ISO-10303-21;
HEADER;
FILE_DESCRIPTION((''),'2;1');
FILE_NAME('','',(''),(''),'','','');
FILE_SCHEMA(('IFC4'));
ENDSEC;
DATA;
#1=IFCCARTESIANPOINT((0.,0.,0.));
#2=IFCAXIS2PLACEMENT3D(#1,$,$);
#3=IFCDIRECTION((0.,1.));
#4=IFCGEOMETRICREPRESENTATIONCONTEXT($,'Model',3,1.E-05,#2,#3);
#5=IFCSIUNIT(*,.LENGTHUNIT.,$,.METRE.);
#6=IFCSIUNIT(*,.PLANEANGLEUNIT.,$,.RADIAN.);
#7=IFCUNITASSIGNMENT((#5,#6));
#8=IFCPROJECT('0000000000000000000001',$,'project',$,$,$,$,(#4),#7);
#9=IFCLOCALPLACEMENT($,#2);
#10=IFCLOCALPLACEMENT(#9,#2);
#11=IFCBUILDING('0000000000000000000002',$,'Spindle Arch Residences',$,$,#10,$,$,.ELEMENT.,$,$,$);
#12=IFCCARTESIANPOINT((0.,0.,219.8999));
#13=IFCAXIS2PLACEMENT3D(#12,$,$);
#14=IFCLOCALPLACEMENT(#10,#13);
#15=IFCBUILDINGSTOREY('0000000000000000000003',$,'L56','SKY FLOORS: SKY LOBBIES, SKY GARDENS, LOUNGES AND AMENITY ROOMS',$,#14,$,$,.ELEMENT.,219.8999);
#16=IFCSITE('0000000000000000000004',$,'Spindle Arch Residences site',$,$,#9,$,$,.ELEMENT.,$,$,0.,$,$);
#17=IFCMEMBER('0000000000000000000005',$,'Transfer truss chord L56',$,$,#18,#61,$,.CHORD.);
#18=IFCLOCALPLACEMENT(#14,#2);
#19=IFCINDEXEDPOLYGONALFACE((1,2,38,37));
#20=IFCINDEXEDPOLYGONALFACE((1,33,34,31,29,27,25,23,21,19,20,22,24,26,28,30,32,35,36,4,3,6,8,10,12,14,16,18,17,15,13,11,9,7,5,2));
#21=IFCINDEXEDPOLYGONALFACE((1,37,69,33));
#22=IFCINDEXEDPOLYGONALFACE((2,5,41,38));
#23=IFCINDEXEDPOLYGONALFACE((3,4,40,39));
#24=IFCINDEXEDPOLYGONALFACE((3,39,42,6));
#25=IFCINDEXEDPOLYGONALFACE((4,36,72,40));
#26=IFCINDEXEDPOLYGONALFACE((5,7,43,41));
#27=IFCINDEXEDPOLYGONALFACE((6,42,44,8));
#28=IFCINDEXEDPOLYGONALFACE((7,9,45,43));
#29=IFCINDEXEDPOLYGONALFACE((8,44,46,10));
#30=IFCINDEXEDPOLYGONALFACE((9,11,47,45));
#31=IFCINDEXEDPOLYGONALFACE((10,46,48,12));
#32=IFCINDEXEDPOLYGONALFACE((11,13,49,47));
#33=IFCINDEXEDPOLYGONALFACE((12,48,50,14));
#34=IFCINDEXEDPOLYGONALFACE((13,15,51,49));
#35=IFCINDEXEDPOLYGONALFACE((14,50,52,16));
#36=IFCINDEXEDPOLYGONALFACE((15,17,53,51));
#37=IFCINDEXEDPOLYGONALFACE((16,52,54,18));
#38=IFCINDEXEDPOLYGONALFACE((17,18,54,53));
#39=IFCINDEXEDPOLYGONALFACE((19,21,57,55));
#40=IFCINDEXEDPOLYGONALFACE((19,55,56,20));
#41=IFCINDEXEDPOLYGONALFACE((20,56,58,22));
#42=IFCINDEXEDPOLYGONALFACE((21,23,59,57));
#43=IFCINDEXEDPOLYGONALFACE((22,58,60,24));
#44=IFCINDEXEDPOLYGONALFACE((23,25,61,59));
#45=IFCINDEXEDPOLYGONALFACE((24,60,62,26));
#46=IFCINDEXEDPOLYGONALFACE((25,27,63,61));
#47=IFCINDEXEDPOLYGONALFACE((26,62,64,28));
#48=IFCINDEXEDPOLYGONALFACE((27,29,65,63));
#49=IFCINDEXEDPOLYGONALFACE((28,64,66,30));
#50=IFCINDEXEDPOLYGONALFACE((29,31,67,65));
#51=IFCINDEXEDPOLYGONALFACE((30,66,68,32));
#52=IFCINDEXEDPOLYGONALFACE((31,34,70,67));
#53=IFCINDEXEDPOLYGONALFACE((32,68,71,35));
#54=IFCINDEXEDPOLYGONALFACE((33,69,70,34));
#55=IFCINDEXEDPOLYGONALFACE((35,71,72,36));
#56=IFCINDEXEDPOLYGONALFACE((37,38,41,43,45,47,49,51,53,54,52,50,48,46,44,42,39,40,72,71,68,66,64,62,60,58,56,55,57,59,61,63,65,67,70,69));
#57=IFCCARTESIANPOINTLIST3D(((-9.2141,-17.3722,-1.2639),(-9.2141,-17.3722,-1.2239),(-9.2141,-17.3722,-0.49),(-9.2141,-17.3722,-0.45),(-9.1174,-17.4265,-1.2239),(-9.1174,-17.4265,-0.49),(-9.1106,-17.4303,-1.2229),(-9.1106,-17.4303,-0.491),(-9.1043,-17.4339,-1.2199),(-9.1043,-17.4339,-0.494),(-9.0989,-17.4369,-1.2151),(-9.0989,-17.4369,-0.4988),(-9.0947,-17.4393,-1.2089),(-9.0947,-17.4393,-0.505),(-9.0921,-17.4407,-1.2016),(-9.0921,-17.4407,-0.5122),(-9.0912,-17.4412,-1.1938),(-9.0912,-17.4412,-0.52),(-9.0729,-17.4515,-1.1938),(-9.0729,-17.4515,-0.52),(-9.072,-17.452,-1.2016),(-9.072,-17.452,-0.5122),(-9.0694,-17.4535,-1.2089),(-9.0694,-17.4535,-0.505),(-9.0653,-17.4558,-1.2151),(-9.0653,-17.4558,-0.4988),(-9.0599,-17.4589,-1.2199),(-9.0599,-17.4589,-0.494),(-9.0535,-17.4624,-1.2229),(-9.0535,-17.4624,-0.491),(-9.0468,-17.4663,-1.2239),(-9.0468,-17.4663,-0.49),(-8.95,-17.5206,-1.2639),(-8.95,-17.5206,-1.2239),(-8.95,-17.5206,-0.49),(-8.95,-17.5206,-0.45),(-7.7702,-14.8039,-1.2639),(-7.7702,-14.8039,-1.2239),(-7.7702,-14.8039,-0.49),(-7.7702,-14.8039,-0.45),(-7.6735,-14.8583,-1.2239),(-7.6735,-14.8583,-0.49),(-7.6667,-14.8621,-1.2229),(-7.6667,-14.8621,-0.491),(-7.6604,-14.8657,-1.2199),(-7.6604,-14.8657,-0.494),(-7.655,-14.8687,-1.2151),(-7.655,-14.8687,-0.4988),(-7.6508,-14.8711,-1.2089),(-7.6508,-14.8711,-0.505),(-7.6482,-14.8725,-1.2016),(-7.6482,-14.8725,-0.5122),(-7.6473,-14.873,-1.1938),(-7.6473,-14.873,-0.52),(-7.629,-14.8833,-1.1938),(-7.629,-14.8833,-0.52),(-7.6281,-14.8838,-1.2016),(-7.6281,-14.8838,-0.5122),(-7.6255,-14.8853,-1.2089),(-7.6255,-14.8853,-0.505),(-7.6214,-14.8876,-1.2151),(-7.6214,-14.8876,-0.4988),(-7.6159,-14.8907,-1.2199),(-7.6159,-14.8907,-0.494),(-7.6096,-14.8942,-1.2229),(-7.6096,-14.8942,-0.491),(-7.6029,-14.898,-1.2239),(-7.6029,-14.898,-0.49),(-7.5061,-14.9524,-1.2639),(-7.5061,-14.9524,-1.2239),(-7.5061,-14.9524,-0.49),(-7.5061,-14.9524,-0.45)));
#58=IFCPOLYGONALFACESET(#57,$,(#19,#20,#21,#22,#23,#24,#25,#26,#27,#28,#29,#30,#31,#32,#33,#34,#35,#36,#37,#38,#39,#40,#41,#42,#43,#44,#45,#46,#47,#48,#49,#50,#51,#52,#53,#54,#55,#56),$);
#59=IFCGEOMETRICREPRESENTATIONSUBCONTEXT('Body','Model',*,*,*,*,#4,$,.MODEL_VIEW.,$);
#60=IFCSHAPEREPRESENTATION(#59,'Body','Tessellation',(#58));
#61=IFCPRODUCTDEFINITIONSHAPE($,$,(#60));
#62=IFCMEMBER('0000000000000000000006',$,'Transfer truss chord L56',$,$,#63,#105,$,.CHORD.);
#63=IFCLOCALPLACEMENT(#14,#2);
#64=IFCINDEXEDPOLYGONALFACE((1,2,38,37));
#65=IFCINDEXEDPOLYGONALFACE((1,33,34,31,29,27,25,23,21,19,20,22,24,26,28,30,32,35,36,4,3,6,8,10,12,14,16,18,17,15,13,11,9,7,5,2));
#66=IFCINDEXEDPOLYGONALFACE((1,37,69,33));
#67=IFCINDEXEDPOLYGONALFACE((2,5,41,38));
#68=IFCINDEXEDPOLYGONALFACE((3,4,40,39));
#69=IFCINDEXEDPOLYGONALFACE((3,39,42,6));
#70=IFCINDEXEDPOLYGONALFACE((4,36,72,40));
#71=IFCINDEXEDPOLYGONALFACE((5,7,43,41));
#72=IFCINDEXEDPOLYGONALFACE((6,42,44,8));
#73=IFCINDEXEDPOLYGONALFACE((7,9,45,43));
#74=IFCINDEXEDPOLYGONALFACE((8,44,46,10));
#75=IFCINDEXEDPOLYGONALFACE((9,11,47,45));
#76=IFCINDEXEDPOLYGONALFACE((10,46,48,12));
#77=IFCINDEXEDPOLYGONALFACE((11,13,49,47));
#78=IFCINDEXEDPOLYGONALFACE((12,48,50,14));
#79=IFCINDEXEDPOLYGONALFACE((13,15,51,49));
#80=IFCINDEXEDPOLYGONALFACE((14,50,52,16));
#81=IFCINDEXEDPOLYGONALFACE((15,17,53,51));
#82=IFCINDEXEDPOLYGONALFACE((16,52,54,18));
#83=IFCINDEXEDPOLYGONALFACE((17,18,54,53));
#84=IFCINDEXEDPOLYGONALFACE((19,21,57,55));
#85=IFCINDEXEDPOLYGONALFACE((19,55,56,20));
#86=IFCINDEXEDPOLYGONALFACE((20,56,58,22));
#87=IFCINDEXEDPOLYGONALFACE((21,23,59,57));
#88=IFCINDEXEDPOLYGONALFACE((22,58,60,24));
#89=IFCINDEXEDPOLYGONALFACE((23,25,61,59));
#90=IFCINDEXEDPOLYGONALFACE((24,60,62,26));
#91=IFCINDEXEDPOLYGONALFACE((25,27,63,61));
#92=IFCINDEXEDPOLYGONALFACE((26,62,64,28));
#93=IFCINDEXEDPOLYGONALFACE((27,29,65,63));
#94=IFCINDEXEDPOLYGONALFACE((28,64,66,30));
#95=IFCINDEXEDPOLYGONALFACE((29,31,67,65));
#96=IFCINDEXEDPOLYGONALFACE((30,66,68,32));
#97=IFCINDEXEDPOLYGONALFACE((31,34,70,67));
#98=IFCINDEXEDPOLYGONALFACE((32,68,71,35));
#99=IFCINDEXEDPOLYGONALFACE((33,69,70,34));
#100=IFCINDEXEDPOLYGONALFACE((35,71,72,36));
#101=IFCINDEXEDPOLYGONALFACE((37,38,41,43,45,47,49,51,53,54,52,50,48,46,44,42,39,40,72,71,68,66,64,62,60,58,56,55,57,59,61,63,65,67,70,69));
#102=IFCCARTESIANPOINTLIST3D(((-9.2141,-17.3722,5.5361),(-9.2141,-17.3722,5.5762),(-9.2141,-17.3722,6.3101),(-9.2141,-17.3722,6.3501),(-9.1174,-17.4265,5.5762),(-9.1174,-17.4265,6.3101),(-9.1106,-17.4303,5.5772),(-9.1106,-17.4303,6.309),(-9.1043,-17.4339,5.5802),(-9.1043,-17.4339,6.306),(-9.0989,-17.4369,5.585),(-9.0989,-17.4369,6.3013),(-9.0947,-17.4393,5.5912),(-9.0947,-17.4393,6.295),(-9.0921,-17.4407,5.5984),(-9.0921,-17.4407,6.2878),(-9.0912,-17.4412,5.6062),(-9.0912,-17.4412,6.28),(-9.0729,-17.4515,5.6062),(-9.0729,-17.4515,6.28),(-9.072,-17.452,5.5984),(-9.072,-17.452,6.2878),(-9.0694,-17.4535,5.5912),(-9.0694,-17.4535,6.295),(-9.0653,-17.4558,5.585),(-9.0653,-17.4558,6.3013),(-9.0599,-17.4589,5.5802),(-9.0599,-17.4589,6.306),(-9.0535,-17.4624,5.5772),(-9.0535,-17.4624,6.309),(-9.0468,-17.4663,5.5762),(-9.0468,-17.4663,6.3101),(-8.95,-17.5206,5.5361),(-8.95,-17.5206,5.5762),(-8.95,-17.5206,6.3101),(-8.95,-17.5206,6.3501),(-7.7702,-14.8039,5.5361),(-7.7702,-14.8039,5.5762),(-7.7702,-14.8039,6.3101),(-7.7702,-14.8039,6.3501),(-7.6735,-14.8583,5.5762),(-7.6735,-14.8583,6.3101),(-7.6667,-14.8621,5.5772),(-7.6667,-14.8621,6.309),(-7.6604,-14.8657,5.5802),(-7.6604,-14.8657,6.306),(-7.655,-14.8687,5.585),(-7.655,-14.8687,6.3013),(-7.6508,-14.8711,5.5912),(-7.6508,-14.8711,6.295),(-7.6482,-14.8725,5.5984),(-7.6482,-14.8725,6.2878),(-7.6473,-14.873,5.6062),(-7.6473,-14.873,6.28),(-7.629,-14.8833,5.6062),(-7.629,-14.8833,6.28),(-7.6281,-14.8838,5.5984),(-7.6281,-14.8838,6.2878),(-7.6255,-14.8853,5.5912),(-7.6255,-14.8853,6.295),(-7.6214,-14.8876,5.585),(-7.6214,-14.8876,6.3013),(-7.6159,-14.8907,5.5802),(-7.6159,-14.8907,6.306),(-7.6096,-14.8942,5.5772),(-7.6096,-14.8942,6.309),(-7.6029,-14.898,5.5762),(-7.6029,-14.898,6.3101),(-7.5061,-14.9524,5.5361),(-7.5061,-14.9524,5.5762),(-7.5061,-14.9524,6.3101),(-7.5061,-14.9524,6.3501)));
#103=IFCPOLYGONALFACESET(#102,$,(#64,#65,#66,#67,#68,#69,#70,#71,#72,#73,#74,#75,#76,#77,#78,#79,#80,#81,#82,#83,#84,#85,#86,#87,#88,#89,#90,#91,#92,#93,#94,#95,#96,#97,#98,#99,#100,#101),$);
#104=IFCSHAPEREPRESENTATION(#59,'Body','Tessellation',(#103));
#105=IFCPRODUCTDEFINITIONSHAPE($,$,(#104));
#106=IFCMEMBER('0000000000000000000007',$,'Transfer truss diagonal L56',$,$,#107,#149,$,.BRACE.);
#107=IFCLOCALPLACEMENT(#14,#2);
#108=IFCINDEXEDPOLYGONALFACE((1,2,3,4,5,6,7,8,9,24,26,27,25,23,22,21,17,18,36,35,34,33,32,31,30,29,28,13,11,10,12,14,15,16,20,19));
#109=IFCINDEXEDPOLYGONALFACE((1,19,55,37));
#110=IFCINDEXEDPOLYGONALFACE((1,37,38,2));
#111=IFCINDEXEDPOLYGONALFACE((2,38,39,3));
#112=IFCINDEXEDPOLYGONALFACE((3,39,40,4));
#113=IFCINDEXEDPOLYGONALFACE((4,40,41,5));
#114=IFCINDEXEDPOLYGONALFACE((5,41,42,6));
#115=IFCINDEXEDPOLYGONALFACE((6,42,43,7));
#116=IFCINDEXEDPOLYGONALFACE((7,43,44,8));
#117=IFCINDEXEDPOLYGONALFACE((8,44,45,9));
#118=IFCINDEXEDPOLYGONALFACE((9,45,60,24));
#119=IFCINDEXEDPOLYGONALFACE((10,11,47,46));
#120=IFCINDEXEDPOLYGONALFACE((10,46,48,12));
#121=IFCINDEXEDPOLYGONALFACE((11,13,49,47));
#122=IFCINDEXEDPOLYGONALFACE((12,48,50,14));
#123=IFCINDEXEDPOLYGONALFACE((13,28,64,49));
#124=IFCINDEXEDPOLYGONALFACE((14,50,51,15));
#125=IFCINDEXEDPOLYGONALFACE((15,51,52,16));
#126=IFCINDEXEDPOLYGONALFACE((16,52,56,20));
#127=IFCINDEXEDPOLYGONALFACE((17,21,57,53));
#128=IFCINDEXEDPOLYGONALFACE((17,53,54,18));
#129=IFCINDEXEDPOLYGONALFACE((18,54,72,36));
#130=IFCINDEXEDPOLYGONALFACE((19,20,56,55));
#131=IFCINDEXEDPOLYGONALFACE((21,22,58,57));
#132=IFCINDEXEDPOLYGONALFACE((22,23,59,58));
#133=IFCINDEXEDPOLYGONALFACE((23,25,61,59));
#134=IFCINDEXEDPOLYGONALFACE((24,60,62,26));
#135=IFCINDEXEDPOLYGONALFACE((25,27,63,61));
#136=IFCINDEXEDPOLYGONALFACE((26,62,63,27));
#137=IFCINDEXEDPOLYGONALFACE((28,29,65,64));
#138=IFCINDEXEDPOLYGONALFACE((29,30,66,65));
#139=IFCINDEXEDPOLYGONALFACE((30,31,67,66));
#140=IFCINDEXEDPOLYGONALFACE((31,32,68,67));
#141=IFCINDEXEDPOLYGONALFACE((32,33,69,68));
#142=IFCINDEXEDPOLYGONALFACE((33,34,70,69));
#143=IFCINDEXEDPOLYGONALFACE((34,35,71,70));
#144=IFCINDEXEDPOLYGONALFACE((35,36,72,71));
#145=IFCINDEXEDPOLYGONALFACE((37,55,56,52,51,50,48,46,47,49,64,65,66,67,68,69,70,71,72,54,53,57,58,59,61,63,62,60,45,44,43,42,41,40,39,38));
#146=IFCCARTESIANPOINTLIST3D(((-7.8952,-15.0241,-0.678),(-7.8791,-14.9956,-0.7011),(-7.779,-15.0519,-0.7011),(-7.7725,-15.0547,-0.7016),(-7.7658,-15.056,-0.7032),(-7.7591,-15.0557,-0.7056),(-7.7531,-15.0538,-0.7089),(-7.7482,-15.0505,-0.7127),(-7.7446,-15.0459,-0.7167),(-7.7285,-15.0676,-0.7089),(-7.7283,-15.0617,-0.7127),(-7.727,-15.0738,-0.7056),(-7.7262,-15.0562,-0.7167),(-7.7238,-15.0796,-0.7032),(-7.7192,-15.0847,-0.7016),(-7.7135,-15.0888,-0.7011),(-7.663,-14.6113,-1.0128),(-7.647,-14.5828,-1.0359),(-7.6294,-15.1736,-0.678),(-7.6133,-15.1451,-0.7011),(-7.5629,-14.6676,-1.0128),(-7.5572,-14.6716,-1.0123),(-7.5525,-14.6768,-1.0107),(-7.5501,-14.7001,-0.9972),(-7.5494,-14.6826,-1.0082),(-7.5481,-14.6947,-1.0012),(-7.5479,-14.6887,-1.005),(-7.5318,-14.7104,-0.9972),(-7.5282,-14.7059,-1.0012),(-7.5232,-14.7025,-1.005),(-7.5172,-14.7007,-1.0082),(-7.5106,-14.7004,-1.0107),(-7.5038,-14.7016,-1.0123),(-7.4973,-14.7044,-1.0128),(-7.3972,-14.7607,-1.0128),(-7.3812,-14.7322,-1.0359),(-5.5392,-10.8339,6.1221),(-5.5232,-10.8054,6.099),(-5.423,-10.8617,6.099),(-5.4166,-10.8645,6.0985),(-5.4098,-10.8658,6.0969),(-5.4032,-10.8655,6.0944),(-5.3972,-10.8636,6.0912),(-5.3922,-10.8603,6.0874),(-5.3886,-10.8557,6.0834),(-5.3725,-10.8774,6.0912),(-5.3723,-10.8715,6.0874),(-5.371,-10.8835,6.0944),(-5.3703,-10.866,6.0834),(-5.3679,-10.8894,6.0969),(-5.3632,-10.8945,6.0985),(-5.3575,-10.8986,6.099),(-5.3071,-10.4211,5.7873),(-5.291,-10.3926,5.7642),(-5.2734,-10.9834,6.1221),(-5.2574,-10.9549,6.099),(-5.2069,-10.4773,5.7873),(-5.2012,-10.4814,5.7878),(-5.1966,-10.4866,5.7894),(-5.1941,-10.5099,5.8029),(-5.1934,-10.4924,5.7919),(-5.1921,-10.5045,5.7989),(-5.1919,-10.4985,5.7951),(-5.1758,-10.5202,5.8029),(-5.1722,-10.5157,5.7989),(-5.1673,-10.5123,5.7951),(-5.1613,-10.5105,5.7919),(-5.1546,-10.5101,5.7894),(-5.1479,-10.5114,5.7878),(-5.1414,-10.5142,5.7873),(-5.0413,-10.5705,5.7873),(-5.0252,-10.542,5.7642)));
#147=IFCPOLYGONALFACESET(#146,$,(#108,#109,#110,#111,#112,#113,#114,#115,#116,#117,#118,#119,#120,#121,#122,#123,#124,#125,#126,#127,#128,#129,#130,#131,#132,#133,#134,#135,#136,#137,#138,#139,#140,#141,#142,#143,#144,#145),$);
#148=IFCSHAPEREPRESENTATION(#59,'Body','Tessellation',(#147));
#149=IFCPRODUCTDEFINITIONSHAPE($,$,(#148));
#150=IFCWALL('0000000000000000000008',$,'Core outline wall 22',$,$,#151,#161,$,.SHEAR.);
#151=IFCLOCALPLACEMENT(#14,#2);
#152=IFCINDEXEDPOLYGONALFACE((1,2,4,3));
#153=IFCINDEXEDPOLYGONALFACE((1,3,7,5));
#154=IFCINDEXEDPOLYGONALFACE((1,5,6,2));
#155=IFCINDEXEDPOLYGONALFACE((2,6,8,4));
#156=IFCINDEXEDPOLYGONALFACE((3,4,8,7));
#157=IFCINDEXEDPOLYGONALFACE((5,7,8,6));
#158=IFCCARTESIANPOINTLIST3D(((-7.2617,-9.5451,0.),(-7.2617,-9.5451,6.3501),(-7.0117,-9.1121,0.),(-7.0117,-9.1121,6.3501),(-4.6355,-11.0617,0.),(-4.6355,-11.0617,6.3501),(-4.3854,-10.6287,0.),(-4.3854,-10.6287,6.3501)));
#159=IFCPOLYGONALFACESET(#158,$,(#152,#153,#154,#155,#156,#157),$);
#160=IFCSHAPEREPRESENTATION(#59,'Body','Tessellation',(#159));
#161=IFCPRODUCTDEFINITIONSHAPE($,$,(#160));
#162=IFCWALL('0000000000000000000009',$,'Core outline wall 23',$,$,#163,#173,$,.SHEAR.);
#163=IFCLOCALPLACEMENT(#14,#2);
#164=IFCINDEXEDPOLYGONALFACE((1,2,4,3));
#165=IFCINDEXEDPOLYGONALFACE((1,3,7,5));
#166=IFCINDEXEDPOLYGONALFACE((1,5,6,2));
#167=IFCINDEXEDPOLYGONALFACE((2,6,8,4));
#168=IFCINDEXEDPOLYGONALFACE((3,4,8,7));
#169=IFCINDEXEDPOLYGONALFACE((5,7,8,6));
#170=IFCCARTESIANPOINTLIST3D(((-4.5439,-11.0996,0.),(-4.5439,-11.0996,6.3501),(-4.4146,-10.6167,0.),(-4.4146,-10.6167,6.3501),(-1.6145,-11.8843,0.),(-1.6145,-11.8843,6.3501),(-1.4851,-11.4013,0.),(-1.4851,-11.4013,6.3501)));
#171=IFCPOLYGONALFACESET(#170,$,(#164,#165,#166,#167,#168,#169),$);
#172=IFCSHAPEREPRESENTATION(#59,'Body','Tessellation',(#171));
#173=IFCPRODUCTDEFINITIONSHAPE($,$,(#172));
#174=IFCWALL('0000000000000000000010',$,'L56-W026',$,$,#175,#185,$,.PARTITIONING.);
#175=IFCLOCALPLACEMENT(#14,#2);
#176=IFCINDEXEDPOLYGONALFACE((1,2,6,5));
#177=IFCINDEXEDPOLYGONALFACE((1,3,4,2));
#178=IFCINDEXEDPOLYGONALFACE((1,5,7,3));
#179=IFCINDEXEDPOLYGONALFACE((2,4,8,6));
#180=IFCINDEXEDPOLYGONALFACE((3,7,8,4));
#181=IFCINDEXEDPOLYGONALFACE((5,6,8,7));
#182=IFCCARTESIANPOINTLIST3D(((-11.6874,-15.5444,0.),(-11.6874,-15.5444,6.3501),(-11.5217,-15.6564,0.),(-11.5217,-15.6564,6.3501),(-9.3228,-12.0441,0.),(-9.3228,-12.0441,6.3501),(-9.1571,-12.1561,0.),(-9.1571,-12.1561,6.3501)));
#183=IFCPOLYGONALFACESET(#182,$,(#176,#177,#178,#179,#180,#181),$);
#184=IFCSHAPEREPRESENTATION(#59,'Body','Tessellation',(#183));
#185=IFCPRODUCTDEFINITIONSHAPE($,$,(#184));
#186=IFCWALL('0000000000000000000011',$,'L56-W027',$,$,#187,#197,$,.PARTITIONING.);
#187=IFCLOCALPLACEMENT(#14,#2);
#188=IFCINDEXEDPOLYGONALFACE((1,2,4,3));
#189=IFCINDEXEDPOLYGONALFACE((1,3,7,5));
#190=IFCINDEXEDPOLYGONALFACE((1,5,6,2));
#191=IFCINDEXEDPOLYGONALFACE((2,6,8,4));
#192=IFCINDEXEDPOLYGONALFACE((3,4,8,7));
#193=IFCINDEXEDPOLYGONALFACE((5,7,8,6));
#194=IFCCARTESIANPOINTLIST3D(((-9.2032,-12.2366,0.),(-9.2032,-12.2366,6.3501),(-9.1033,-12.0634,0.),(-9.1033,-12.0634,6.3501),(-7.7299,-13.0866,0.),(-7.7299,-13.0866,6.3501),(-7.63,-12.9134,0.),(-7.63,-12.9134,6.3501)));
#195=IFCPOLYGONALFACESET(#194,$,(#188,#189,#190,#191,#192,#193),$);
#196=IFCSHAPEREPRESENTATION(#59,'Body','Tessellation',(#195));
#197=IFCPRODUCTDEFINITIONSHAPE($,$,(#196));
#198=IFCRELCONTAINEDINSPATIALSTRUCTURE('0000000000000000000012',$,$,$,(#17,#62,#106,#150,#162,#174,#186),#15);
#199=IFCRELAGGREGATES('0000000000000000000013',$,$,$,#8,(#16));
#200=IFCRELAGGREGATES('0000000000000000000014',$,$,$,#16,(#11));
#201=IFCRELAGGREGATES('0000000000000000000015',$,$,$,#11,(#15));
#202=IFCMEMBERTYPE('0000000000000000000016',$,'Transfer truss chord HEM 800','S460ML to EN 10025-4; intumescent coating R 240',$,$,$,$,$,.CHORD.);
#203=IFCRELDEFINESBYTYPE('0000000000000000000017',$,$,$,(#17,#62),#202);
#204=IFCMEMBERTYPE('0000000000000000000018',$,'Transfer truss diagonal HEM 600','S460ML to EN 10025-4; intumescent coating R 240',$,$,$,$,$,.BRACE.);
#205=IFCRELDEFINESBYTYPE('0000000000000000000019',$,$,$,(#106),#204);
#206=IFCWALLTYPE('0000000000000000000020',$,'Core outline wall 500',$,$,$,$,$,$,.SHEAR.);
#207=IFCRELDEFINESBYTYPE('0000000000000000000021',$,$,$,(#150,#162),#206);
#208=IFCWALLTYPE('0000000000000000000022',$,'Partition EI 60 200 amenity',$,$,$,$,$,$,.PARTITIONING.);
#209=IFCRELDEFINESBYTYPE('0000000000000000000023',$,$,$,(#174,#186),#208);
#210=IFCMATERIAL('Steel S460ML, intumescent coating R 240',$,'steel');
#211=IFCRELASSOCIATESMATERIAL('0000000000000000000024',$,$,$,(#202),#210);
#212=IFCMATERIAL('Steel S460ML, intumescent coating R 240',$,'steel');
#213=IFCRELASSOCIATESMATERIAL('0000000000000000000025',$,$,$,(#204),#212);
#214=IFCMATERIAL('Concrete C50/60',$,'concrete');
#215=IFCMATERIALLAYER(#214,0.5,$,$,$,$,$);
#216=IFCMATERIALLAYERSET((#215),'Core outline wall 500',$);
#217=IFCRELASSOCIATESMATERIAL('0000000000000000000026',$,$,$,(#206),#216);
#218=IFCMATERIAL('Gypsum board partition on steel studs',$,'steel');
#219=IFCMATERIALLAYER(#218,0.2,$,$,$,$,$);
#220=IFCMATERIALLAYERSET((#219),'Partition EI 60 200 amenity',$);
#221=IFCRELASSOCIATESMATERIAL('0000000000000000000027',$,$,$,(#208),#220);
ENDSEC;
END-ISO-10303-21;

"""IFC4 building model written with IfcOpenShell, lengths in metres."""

from ifc_helpers import new_model, si_unit, direction, frame, frame_2d, origin, origin_2d, place, context, subcontext, project, spatial, rectangle, i_section, extrude, material, layer, layer_set, material_profile, profile_set, type_object, element, save


model = new_model("IFC4")

# Units and contexts
model_context = context("Model", 3, precision=1e-05, world=origin(), true_north=direction((0.0, 1.0)))
body_context = subcontext(model_context, "Body", "Model", "MODEL_VIEW")
ifc_project = project(units=[si_unit("LENGTHUNIT", "METRE"), si_unit("PLANEANGLEUNIT", "RADIAN")], contexts=[model_context])

# Site, building, storey
site_placement = place(None, origin())
site = spatial("IfcSite", under=ifc_project, at=site_placement, Name="Spindle Arch Residences site", CompositionType="ELEMENT", RefElevation=0.0)
building_placement = place(site_placement, origin())
building = spatial("IfcBuilding", under=site, at=building_placement, Name="Spindle Arch Residences", CompositionType="ELEMENT")
storey_placement = place(building_placement, frame((0.0, 0.0, 219.8999)))
storey = spatial("IfcBuildingStorey", under=building, at=storey_placement, Name="L56", Description="SKY FLOORS: SKY LOBBIES, SKY GARDENS, LOUNGES AND AMENITY ROOMS", CompositionType="ELEMENT", Elevation=219.8999)

# Members
ifc_material_1 = material(Name="Steel S460ML, intumescent coating R 240", Category="steel")
ifc_material_profile_1 = material_profile(ifc_material_1, i_section(OverallWidth=0.303, OverallDepth=0.814, WebThickness=0.021, FlangeThickness=0.04, FilletRadius=0.03, at=origin_2d()), Name="HEM 800")
ifc_profile_set_1 = profile_set([ifc_material_profile_1], Name="Steel S460ML, intumescent coating R 240")
member_type_1 = type_object("IfcMemberType", Name="Transfer truss chord HEM 800", Description="S460ML to EN 10025-4; intumescent coating R 240", PredefinedType="CHORD", material=ifc_profile_set_1)
for number, where, z_axis, x_axis, name in (
    (1, (-7.6382, -14.8782, -0.8569), (-0.490076, -0.87168, 0.0), (0.87168, -0.490076, 0.0), "Transfer truss chord L56"),
    (2, (-7.6382, -14.8782, 5.9431), (-0.490076, -0.87168, 0.0), (0.87168, -0.490076, 0.0), "Transfer truss chord L56"),
):
    element("IfcMember", number, at=place(storey_placement, frame(where, z_axis=z_axis, x_axis=x_axis)), inside=storey, type_object=member_type_1, Name=name, PredefinedType="CHORD", context=body_context, shape_type="SweptSolid", body=[
        extrude(i_section(OverallWidth=0.303, OverallDepth=0.814, WebThickness=0.021, FlangeThickness=0.04, FilletRadius=0.03, at=origin_2d()), origin(), (0.0, 0.0, 1.0), 2.9463),
    ])
ifc_material_2 = material(Name="Steel S460ML, intumescent coating R 240", Category="steel")
ifc_material_profile_2 = material_profile(ifc_material_2, i_section(OverallWidth=0.3049, OverallDepth=0.6201, WebThickness=0.021, FlangeThickness=0.04, FilletRadius=0.0271, at=origin_2d()), Name="HEM 600")
ifc_profile_set_2 = profile_set([ifc_material_profile_2], Name="Steel S460ML, intumescent coating R 240")
member_type_2 = type_object("IfcMemberType", Name="Transfer truss diagonal HEM 600", Description="S460ML to EN 10025-4; intumescent coating R 240", PredefinedType="BRACE", material=ifc_profile_set_2)
member_placement = place(storey_placement, frame((-7.6382, -14.8782, -0.8569), z_axis=(0.28291, 0.503169, 0.816568), x_axis=(-0.871666, 0.4901, 0.0)))
element("IfcMember", 3, at=member_placement, inside=storey, type_object=member_type_2, Name="Transfer truss diagonal L56", PredefinedType="BRACE", context=body_context, shape_type="SweptSolid", body=[
    extrude(i_section(OverallWidth=0.3049, OverallDepth=0.6201, WebThickness=0.021, FlangeThickness=0.04, FilletRadius=0.0271, at=origin_2d()), origin(), (0.0, 0.0, 1.0), 8.3276),
])

# Walls
ifc_material_3 = material(Name="Concrete C50/60", Category="concrete")
ifc_layer_1 = layer(ifc_material_3, 0.5)
ifc_layer_set_1 = layer_set([ifc_layer_1], Name="Core outline wall 500")
wall_type_1 = type_object("IfcWallType", Name="Core outline wall 500", PredefinedType="SHEAR", material=ifc_layer_set_1)
for number, where, z_axis, x_axis, name in (
    (4, (-7.1367, -9.3286, 0.0), (0.0, 0.0, 1.0), (0.865975, -0.500087, 0.0), "Core outline wall 22"),
    (5, (-4.4792, -10.8582, 0.0), (0.0, 0.0, 1.0), (0.965948, -0.258735, 0.0), "Core outline wall 23"),
):
    element("IfcWall", number, at=place(storey_placement, frame(where, z_axis=z_axis, x_axis=x_axis)), inside=storey, type_object=wall_type_1, Name=name, PredefinedType="SHEAR", context=body_context, shape_type="SweptSolid", body=[
        extrude(rectangle(XDim=3.0327, YDim=0.5, at=frame_2d((1.5164, 0.0))), origin(), (0.0, 0.0, 1.0), 6.3501),
    ])
ifc_material_4 = material(Name="Gypsum board partition on steel studs", Category="steel")
ifc_layer_2 = layer(ifc_material_4, 0.2)
ifc_layer_set_2 = layer_set([ifc_layer_2], Name="Partition EI 60 200 amenity")
wall_type_2 = type_object("IfcWallType", Name="Partition EI 60 200 amenity", PredefinedType="PARTITIONING", material=ifc_layer_set_2)
wall_1_placement = place(storey_placement, frame((-9.24, -12.1001, 0.0), z_axis=(0.0, 0.0, 1.0), x_axis=(-0.559772, -0.828647, 0.0)))
element("IfcWall", 6, at=wall_1_placement, inside=storey, type_object=wall_type_2, Name="L56-W026", PredefinedType="PARTITIONING", context=body_context, shape_type="SweptSolid", body=[
    extrude(rectangle(XDim=4.2241, YDim=0.2, at=frame_2d((2.1121, 0.0))), origin(), (0.0, 0.0, 1.0), 6.3501),
])
for number, where, z_axis, x_axis, name in (
    (7, (-9.1533, -12.1499, 0.0), (0.0, 0.0, 1.0), (0.866169, -0.499751, 0.0), "L56-W027"),
):
    element("IfcWall", number, at=place(storey_placement, frame(where, z_axis=z_axis, x_axis=x_axis)), inside=storey, type_object=wall_type_2, Name=name, PredefinedType="PARTITIONING", context=body_context, shape_type="SweptSolid", body=[
        extrude(rectangle(XDim=1.7009, YDim=0.2, at=frame_2d((0.8506, 0.0))), origin(), (0.0, 0.0, 1.0), 6.3501),
    ])

save(model, "model.ifc")
